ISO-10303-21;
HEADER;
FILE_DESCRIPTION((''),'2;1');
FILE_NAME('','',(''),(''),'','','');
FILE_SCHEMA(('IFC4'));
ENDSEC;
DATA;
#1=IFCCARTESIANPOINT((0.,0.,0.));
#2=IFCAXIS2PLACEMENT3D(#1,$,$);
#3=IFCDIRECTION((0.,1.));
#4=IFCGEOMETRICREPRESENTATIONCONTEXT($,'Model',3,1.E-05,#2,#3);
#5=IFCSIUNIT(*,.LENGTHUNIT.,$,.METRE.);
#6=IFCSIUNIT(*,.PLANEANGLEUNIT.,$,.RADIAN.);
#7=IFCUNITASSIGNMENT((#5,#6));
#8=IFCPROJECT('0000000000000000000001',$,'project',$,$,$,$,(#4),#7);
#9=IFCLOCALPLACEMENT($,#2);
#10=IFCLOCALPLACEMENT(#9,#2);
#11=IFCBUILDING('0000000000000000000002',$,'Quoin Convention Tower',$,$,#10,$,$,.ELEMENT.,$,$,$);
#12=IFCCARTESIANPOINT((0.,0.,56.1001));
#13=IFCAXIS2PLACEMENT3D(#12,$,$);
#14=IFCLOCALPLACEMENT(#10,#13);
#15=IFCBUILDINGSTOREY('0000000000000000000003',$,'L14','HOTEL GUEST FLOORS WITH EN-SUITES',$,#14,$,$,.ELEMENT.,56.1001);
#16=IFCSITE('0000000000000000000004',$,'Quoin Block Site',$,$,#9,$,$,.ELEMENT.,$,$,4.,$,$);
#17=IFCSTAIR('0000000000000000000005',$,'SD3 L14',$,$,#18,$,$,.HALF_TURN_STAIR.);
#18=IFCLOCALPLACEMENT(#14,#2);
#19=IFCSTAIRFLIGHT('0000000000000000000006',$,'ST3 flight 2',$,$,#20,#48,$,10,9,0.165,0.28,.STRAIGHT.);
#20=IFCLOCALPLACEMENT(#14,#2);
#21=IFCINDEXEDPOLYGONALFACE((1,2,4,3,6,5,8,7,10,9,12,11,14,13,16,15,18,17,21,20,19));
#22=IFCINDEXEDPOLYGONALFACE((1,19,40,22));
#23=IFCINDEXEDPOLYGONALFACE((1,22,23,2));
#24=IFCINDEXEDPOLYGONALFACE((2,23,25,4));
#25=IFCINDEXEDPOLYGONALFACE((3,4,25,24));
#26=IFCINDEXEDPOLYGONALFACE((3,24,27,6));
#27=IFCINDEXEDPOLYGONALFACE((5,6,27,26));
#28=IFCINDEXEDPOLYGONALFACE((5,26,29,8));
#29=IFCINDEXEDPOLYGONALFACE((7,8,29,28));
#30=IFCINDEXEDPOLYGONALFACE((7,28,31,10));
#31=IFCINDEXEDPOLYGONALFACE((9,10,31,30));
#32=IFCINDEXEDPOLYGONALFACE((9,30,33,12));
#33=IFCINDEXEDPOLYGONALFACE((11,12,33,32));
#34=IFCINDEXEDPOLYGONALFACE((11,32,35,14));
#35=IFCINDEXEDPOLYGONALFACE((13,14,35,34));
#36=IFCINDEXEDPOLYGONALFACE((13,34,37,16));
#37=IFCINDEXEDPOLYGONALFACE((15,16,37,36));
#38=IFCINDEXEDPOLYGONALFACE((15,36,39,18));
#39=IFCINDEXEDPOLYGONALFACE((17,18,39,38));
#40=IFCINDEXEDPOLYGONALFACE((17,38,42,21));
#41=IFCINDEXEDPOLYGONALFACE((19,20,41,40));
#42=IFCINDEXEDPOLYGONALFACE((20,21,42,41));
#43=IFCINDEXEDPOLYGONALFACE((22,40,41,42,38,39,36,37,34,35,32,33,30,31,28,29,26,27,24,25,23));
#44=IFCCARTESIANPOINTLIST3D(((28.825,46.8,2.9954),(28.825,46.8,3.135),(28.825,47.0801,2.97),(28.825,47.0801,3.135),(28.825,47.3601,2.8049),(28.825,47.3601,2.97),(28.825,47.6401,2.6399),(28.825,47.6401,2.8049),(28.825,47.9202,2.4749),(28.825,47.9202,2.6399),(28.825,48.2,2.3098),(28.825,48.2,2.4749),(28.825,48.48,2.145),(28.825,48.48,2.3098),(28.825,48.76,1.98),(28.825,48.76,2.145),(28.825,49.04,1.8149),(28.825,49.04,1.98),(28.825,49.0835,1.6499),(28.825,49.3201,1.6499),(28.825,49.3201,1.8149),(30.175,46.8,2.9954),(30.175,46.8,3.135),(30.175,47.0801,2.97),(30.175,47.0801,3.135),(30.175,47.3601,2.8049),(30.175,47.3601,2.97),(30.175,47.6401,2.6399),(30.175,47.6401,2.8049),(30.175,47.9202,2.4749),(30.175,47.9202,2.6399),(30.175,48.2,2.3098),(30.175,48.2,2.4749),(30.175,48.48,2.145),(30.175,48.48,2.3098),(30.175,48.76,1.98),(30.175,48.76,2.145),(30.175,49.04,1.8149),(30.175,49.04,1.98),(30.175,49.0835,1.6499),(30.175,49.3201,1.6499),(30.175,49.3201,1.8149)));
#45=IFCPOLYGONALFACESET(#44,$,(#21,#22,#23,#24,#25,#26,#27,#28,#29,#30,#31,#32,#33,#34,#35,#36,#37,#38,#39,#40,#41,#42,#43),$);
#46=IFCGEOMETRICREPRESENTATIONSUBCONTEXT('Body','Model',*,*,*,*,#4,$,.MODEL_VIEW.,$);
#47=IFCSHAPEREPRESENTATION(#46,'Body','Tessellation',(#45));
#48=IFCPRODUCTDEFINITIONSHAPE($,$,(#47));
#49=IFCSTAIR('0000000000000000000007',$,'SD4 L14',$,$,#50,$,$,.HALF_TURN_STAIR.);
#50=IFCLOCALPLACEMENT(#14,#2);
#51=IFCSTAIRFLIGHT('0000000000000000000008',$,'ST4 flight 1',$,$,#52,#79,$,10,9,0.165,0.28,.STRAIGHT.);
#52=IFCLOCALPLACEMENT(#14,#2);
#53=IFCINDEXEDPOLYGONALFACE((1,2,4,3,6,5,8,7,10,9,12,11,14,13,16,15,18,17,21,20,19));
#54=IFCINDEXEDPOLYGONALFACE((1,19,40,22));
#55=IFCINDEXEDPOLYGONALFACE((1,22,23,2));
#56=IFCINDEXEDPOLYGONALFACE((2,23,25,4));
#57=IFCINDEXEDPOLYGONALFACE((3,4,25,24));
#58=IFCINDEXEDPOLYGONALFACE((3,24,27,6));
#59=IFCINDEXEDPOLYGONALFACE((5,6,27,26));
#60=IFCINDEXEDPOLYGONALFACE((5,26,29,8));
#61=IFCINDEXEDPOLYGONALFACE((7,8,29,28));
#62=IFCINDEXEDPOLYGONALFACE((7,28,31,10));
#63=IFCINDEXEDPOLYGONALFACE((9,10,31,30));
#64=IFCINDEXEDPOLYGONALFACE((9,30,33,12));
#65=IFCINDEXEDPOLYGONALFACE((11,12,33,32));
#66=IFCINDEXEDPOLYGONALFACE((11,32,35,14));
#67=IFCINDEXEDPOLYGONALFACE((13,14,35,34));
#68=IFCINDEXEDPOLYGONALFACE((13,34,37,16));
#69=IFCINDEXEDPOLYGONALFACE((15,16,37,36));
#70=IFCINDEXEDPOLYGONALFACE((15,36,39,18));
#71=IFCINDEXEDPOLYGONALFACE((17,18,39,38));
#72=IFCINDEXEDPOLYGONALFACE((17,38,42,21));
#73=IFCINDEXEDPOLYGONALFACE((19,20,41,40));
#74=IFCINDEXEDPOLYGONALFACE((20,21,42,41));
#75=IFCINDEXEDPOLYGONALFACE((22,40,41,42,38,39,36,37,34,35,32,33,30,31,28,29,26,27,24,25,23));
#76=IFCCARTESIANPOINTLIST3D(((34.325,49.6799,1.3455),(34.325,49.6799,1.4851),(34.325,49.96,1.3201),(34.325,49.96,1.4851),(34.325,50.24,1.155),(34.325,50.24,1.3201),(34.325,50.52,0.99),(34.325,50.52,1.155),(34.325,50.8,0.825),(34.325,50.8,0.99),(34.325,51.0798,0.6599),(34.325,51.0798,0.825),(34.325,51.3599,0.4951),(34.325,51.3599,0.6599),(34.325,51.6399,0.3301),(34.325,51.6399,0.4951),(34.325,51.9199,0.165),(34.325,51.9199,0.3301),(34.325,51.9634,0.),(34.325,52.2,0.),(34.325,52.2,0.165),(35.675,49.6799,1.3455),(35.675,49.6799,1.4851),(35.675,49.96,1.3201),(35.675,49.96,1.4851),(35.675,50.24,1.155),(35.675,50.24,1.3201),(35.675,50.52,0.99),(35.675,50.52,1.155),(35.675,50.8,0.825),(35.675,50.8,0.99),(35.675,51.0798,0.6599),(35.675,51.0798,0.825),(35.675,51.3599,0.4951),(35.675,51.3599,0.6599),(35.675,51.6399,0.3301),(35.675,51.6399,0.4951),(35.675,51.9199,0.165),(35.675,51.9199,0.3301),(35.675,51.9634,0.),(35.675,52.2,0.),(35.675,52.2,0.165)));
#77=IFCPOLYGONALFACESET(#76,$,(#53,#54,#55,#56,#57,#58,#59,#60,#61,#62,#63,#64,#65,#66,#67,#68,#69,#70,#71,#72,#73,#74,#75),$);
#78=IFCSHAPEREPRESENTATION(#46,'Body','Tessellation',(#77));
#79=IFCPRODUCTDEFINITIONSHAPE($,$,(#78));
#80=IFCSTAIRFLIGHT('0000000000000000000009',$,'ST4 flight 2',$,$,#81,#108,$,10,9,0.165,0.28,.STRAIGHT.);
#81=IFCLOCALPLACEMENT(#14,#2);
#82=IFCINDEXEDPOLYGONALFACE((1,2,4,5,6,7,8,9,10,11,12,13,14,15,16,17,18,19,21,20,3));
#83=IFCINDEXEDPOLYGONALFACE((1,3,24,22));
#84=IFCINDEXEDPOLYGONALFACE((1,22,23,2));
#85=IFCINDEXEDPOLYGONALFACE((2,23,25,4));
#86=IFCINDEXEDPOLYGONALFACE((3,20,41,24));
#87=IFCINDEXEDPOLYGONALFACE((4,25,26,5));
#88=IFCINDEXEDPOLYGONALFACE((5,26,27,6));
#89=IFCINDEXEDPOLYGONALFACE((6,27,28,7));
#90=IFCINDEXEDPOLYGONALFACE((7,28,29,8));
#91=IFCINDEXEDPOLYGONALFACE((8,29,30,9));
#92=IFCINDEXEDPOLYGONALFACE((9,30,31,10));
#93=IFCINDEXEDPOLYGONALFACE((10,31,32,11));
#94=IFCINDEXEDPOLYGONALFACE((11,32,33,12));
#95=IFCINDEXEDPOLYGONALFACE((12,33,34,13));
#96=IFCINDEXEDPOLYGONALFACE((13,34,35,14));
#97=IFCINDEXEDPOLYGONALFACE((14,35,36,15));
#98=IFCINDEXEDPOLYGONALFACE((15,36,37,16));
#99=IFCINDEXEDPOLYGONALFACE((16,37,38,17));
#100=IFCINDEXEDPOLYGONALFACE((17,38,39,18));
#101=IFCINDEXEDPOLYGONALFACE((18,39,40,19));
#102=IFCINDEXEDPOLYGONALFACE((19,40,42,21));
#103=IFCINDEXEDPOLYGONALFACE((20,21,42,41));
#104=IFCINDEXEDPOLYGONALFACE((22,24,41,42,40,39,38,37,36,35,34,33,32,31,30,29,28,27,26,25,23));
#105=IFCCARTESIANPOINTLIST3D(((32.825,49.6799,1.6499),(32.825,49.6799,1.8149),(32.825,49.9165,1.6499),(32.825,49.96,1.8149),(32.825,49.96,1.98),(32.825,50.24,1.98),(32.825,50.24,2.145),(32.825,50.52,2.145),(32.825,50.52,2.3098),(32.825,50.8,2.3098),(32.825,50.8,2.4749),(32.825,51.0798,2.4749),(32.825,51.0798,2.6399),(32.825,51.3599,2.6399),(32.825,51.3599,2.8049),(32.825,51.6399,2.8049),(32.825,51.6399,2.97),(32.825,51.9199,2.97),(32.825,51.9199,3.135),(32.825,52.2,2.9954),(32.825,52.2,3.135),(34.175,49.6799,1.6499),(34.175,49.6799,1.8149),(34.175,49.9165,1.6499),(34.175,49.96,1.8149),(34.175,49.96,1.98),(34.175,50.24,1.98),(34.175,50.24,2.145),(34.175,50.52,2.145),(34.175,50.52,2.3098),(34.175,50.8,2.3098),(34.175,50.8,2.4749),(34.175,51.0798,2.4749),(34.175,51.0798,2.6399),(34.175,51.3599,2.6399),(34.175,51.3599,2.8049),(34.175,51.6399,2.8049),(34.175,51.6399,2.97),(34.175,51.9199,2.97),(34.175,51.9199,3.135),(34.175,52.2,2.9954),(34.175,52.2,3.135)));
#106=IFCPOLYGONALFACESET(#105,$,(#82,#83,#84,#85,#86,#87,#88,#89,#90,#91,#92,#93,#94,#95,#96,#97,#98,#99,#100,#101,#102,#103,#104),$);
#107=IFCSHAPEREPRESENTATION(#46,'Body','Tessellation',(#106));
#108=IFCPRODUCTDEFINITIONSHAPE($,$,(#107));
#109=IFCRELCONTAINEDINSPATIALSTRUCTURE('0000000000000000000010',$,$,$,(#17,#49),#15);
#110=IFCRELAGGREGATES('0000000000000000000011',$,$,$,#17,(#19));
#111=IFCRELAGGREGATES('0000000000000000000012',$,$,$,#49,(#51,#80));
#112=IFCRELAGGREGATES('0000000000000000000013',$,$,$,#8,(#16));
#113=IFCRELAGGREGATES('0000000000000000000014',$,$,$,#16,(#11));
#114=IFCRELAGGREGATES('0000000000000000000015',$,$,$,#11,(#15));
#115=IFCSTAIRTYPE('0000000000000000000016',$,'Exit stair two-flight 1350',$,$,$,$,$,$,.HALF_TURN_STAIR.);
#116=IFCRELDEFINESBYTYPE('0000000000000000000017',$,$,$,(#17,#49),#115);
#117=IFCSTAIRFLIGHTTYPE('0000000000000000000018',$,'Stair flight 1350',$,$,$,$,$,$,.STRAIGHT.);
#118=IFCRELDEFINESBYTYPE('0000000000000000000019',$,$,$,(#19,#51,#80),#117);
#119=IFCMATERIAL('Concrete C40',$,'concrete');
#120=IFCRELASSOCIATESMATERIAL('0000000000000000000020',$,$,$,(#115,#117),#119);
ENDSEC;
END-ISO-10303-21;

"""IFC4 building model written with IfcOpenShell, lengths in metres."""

from ifc_helpers import new_model, si_unit, direction, frame, origin, place, context, subcontext, project, spatial, polyline, outline, extrude, material, type_object, element, aggregate, save


model = new_model("IFC4")

# Units and contexts
model_context = context("Model", 3, precision=1e-05, world=origin(), true_north=direction((0.0, 1.0)))
body_context = subcontext(model_context, "Body", "Model", "MODEL_VIEW")
ifc_project = project(units=[si_unit("LENGTHUNIT", "METRE"), si_unit("PLANEANGLEUNIT", "RADIAN")], contexts=[model_context])

# Site, building, storey
site_placement = place(None, origin())
site = spatial("IfcSite", under=ifc_project, at=site_placement, Name="Quoin Block Site", CompositionType="ELEMENT", RefElevation=4.0)
building_placement = place(site_placement, origin())
building = spatial("IfcBuilding", under=site, at=building_placement, Name="Quoin Convention Tower", CompositionType="ELEMENT")
storey_placement = place(building_placement, frame((0.0, 0.0, 56.1001)))
storey = spatial("IfcBuildingStorey", under=building, at=storey_placement, Name="L14", Description="HOTEL GUEST FLOORS WITH EN-SUITES", CompositionType="ELEMENT", Elevation=56.1001)

# Stairs, stair flights
ifc_material_1 = material(Name="Concrete C40", Category="concrete")
stair_type = type_object("IfcStairType", Name="Exit stair two-flight 1350", PredefinedType="HALF_TURN_STAIR", material=ifc_material_1)
stair_1_placement = place(storey_placement, origin())
stair_1 = element("IfcStair", 1, at=stair_1_placement, inside=storey, type_object=stair_type, Name="SD3 L14", PredefinedType="HALF_TURN_STAIR")
stair_flight_type = type_object("IfcStairFlightType", Name="Stair flight 1350", PredefinedType="STRAIGHT", material=ifc_material_1)
stair_flight_1_placement = place(storey_placement, frame((29.5, 49.3201, 1.6499), z_axis=(0.0, 0.0, 1.0), x_axis=(0.0, -1.0, 0.0)))
stair_flight_1 = element("IfcStairFlight", 2, at=stair_flight_1_placement, type_object=stair_flight_type, Name="ST3 flight 2", NumberOfRisers=10, NumberOfTreads=9, PredefinedType="STRAIGHT", RiserHeight=0.165, TreadLength=0.28, context=body_context, shape_type="SweptSolid", body=[
    extrude(outline(polyline([(0.0, 0.0), (0.0, 0.165), (0.28, 0.165), (0.28, 0.3301), (0.5601, 0.3301), (0.5601, 0.4951), (0.8401, 0.4951), (0.8401, 0.6599), (1.1201, 0.6599), (1.1201, 0.825), (1.3999, 0.825), (1.3999, 0.99), (1.6799, 0.99), (1.6799, 1.155), (1.96, 1.155), (1.96, 1.3201), (2.24, 1.3201), (2.24, 1.4851), (2.52, 1.4851), (2.52, 1.6499), (2.52, 1.3455), (0.2366, 0.0), (0.0, 0.0)])), frame((0.0, 0.675, 0.0), z_axis=(0.0, -1.0, 0.0), x_axis=(1.0, 0.0, 0.0)), (0.0, 0.0, 1.0), 1.3501),
])
aggregate(stair_1, [stair_flight_1])
stair_2_placement = place(storey_placement, origin())
stair_2 = element("IfcStair", 3, at=stair_2_placement, inside=storey, type_object=stair_type, Name="SD4 L14", PredefinedType="HALF_TURN_STAIR")
stair_flight_2_placement = place(storey_placement, frame((35.0, 52.2, 0.0), z_axis=(0.0, 0.0, 1.0), x_axis=(0.0, -1.0, 0.0)))
stair_flight_2 = element("IfcStairFlight", 4, at=stair_flight_2_placement, type_object=stair_flight_type, Name="ST4 flight 1", NumberOfRisers=10, NumberOfTreads=9, PredefinedType="STRAIGHT", RiserHeight=0.165, TreadLength=0.28, context=body_context, shape_type="SweptSolid", body=[
    extrude(outline(polyline([(0.0, 0.0), (0.0, 0.165), (0.28, 0.165), (0.28, 0.3301), (0.5601, 0.3301), (0.5601, 0.4951), (0.8401, 0.4951), (0.8401, 0.6599), (1.1201, 0.6599), (1.1201, 0.825), (1.3999, 0.825), (1.3999, 0.99), (1.6799, 0.99), (1.6799, 1.155), (1.96, 1.155), (1.96, 1.3201), (2.24, 1.3201), (2.24, 1.4851), (2.52, 1.4851), (2.52, 1.6499), (2.52, 1.3455), (0.2366, 0.0), (0.0, 0.0)])), frame((0.0, 0.675, 0.0), z_axis=(0.0, -1.0, 0.0), x_axis=(1.0, 0.0, 0.0)), (0.0, 0.0, 1.0), 1.3501),
])
stair_flight_3_placement = place(storey_placement, frame((33.5, 49.6799, 1.6499), z_axis=(0.0, 0.0, 1.0), x_axis=(0.0, 1.0, 0.0)))
stair_flight_3 = element("IfcStairFlight", 5, at=stair_flight_3_placement, type_object=stair_flight_type, Name="ST4 flight 2", NumberOfRisers=10, NumberOfTreads=9, PredefinedType="STRAIGHT", RiserHeight=0.165, TreadLength=0.28, context=body_context, shape_type="SweptSolid", body=[
    extrude(outline(polyline([(0.0, 0.0), (0.0, 0.165), (0.28, 0.165), (0.28, 0.3301), (0.5601, 0.3301), (0.5601, 0.4951), (0.8401, 0.4951), (0.8401, 0.6599), (1.1201, 0.6599), (1.1201, 0.825), (1.3999, 0.825), (1.3999, 0.99), (1.6799, 0.99), (1.6799, 1.155), (1.96, 1.155), (1.96, 1.3201), (2.24, 1.3201), (2.24, 1.4851), (2.52, 1.4851), (2.52, 1.6499), (2.52, 1.3455), (0.2366, 0.0), (0.0, 0.0)])), frame((0.0, 0.675, 0.0), z_axis=(0.0, -1.0, 0.0), x_axis=(1.0, 0.0, 0.0)), (0.0, 0.0, 1.0), 1.3501),
])
aggregate(stair_2, [stair_flight_2, stair_flight_3])

save(model, "model.ifc")
